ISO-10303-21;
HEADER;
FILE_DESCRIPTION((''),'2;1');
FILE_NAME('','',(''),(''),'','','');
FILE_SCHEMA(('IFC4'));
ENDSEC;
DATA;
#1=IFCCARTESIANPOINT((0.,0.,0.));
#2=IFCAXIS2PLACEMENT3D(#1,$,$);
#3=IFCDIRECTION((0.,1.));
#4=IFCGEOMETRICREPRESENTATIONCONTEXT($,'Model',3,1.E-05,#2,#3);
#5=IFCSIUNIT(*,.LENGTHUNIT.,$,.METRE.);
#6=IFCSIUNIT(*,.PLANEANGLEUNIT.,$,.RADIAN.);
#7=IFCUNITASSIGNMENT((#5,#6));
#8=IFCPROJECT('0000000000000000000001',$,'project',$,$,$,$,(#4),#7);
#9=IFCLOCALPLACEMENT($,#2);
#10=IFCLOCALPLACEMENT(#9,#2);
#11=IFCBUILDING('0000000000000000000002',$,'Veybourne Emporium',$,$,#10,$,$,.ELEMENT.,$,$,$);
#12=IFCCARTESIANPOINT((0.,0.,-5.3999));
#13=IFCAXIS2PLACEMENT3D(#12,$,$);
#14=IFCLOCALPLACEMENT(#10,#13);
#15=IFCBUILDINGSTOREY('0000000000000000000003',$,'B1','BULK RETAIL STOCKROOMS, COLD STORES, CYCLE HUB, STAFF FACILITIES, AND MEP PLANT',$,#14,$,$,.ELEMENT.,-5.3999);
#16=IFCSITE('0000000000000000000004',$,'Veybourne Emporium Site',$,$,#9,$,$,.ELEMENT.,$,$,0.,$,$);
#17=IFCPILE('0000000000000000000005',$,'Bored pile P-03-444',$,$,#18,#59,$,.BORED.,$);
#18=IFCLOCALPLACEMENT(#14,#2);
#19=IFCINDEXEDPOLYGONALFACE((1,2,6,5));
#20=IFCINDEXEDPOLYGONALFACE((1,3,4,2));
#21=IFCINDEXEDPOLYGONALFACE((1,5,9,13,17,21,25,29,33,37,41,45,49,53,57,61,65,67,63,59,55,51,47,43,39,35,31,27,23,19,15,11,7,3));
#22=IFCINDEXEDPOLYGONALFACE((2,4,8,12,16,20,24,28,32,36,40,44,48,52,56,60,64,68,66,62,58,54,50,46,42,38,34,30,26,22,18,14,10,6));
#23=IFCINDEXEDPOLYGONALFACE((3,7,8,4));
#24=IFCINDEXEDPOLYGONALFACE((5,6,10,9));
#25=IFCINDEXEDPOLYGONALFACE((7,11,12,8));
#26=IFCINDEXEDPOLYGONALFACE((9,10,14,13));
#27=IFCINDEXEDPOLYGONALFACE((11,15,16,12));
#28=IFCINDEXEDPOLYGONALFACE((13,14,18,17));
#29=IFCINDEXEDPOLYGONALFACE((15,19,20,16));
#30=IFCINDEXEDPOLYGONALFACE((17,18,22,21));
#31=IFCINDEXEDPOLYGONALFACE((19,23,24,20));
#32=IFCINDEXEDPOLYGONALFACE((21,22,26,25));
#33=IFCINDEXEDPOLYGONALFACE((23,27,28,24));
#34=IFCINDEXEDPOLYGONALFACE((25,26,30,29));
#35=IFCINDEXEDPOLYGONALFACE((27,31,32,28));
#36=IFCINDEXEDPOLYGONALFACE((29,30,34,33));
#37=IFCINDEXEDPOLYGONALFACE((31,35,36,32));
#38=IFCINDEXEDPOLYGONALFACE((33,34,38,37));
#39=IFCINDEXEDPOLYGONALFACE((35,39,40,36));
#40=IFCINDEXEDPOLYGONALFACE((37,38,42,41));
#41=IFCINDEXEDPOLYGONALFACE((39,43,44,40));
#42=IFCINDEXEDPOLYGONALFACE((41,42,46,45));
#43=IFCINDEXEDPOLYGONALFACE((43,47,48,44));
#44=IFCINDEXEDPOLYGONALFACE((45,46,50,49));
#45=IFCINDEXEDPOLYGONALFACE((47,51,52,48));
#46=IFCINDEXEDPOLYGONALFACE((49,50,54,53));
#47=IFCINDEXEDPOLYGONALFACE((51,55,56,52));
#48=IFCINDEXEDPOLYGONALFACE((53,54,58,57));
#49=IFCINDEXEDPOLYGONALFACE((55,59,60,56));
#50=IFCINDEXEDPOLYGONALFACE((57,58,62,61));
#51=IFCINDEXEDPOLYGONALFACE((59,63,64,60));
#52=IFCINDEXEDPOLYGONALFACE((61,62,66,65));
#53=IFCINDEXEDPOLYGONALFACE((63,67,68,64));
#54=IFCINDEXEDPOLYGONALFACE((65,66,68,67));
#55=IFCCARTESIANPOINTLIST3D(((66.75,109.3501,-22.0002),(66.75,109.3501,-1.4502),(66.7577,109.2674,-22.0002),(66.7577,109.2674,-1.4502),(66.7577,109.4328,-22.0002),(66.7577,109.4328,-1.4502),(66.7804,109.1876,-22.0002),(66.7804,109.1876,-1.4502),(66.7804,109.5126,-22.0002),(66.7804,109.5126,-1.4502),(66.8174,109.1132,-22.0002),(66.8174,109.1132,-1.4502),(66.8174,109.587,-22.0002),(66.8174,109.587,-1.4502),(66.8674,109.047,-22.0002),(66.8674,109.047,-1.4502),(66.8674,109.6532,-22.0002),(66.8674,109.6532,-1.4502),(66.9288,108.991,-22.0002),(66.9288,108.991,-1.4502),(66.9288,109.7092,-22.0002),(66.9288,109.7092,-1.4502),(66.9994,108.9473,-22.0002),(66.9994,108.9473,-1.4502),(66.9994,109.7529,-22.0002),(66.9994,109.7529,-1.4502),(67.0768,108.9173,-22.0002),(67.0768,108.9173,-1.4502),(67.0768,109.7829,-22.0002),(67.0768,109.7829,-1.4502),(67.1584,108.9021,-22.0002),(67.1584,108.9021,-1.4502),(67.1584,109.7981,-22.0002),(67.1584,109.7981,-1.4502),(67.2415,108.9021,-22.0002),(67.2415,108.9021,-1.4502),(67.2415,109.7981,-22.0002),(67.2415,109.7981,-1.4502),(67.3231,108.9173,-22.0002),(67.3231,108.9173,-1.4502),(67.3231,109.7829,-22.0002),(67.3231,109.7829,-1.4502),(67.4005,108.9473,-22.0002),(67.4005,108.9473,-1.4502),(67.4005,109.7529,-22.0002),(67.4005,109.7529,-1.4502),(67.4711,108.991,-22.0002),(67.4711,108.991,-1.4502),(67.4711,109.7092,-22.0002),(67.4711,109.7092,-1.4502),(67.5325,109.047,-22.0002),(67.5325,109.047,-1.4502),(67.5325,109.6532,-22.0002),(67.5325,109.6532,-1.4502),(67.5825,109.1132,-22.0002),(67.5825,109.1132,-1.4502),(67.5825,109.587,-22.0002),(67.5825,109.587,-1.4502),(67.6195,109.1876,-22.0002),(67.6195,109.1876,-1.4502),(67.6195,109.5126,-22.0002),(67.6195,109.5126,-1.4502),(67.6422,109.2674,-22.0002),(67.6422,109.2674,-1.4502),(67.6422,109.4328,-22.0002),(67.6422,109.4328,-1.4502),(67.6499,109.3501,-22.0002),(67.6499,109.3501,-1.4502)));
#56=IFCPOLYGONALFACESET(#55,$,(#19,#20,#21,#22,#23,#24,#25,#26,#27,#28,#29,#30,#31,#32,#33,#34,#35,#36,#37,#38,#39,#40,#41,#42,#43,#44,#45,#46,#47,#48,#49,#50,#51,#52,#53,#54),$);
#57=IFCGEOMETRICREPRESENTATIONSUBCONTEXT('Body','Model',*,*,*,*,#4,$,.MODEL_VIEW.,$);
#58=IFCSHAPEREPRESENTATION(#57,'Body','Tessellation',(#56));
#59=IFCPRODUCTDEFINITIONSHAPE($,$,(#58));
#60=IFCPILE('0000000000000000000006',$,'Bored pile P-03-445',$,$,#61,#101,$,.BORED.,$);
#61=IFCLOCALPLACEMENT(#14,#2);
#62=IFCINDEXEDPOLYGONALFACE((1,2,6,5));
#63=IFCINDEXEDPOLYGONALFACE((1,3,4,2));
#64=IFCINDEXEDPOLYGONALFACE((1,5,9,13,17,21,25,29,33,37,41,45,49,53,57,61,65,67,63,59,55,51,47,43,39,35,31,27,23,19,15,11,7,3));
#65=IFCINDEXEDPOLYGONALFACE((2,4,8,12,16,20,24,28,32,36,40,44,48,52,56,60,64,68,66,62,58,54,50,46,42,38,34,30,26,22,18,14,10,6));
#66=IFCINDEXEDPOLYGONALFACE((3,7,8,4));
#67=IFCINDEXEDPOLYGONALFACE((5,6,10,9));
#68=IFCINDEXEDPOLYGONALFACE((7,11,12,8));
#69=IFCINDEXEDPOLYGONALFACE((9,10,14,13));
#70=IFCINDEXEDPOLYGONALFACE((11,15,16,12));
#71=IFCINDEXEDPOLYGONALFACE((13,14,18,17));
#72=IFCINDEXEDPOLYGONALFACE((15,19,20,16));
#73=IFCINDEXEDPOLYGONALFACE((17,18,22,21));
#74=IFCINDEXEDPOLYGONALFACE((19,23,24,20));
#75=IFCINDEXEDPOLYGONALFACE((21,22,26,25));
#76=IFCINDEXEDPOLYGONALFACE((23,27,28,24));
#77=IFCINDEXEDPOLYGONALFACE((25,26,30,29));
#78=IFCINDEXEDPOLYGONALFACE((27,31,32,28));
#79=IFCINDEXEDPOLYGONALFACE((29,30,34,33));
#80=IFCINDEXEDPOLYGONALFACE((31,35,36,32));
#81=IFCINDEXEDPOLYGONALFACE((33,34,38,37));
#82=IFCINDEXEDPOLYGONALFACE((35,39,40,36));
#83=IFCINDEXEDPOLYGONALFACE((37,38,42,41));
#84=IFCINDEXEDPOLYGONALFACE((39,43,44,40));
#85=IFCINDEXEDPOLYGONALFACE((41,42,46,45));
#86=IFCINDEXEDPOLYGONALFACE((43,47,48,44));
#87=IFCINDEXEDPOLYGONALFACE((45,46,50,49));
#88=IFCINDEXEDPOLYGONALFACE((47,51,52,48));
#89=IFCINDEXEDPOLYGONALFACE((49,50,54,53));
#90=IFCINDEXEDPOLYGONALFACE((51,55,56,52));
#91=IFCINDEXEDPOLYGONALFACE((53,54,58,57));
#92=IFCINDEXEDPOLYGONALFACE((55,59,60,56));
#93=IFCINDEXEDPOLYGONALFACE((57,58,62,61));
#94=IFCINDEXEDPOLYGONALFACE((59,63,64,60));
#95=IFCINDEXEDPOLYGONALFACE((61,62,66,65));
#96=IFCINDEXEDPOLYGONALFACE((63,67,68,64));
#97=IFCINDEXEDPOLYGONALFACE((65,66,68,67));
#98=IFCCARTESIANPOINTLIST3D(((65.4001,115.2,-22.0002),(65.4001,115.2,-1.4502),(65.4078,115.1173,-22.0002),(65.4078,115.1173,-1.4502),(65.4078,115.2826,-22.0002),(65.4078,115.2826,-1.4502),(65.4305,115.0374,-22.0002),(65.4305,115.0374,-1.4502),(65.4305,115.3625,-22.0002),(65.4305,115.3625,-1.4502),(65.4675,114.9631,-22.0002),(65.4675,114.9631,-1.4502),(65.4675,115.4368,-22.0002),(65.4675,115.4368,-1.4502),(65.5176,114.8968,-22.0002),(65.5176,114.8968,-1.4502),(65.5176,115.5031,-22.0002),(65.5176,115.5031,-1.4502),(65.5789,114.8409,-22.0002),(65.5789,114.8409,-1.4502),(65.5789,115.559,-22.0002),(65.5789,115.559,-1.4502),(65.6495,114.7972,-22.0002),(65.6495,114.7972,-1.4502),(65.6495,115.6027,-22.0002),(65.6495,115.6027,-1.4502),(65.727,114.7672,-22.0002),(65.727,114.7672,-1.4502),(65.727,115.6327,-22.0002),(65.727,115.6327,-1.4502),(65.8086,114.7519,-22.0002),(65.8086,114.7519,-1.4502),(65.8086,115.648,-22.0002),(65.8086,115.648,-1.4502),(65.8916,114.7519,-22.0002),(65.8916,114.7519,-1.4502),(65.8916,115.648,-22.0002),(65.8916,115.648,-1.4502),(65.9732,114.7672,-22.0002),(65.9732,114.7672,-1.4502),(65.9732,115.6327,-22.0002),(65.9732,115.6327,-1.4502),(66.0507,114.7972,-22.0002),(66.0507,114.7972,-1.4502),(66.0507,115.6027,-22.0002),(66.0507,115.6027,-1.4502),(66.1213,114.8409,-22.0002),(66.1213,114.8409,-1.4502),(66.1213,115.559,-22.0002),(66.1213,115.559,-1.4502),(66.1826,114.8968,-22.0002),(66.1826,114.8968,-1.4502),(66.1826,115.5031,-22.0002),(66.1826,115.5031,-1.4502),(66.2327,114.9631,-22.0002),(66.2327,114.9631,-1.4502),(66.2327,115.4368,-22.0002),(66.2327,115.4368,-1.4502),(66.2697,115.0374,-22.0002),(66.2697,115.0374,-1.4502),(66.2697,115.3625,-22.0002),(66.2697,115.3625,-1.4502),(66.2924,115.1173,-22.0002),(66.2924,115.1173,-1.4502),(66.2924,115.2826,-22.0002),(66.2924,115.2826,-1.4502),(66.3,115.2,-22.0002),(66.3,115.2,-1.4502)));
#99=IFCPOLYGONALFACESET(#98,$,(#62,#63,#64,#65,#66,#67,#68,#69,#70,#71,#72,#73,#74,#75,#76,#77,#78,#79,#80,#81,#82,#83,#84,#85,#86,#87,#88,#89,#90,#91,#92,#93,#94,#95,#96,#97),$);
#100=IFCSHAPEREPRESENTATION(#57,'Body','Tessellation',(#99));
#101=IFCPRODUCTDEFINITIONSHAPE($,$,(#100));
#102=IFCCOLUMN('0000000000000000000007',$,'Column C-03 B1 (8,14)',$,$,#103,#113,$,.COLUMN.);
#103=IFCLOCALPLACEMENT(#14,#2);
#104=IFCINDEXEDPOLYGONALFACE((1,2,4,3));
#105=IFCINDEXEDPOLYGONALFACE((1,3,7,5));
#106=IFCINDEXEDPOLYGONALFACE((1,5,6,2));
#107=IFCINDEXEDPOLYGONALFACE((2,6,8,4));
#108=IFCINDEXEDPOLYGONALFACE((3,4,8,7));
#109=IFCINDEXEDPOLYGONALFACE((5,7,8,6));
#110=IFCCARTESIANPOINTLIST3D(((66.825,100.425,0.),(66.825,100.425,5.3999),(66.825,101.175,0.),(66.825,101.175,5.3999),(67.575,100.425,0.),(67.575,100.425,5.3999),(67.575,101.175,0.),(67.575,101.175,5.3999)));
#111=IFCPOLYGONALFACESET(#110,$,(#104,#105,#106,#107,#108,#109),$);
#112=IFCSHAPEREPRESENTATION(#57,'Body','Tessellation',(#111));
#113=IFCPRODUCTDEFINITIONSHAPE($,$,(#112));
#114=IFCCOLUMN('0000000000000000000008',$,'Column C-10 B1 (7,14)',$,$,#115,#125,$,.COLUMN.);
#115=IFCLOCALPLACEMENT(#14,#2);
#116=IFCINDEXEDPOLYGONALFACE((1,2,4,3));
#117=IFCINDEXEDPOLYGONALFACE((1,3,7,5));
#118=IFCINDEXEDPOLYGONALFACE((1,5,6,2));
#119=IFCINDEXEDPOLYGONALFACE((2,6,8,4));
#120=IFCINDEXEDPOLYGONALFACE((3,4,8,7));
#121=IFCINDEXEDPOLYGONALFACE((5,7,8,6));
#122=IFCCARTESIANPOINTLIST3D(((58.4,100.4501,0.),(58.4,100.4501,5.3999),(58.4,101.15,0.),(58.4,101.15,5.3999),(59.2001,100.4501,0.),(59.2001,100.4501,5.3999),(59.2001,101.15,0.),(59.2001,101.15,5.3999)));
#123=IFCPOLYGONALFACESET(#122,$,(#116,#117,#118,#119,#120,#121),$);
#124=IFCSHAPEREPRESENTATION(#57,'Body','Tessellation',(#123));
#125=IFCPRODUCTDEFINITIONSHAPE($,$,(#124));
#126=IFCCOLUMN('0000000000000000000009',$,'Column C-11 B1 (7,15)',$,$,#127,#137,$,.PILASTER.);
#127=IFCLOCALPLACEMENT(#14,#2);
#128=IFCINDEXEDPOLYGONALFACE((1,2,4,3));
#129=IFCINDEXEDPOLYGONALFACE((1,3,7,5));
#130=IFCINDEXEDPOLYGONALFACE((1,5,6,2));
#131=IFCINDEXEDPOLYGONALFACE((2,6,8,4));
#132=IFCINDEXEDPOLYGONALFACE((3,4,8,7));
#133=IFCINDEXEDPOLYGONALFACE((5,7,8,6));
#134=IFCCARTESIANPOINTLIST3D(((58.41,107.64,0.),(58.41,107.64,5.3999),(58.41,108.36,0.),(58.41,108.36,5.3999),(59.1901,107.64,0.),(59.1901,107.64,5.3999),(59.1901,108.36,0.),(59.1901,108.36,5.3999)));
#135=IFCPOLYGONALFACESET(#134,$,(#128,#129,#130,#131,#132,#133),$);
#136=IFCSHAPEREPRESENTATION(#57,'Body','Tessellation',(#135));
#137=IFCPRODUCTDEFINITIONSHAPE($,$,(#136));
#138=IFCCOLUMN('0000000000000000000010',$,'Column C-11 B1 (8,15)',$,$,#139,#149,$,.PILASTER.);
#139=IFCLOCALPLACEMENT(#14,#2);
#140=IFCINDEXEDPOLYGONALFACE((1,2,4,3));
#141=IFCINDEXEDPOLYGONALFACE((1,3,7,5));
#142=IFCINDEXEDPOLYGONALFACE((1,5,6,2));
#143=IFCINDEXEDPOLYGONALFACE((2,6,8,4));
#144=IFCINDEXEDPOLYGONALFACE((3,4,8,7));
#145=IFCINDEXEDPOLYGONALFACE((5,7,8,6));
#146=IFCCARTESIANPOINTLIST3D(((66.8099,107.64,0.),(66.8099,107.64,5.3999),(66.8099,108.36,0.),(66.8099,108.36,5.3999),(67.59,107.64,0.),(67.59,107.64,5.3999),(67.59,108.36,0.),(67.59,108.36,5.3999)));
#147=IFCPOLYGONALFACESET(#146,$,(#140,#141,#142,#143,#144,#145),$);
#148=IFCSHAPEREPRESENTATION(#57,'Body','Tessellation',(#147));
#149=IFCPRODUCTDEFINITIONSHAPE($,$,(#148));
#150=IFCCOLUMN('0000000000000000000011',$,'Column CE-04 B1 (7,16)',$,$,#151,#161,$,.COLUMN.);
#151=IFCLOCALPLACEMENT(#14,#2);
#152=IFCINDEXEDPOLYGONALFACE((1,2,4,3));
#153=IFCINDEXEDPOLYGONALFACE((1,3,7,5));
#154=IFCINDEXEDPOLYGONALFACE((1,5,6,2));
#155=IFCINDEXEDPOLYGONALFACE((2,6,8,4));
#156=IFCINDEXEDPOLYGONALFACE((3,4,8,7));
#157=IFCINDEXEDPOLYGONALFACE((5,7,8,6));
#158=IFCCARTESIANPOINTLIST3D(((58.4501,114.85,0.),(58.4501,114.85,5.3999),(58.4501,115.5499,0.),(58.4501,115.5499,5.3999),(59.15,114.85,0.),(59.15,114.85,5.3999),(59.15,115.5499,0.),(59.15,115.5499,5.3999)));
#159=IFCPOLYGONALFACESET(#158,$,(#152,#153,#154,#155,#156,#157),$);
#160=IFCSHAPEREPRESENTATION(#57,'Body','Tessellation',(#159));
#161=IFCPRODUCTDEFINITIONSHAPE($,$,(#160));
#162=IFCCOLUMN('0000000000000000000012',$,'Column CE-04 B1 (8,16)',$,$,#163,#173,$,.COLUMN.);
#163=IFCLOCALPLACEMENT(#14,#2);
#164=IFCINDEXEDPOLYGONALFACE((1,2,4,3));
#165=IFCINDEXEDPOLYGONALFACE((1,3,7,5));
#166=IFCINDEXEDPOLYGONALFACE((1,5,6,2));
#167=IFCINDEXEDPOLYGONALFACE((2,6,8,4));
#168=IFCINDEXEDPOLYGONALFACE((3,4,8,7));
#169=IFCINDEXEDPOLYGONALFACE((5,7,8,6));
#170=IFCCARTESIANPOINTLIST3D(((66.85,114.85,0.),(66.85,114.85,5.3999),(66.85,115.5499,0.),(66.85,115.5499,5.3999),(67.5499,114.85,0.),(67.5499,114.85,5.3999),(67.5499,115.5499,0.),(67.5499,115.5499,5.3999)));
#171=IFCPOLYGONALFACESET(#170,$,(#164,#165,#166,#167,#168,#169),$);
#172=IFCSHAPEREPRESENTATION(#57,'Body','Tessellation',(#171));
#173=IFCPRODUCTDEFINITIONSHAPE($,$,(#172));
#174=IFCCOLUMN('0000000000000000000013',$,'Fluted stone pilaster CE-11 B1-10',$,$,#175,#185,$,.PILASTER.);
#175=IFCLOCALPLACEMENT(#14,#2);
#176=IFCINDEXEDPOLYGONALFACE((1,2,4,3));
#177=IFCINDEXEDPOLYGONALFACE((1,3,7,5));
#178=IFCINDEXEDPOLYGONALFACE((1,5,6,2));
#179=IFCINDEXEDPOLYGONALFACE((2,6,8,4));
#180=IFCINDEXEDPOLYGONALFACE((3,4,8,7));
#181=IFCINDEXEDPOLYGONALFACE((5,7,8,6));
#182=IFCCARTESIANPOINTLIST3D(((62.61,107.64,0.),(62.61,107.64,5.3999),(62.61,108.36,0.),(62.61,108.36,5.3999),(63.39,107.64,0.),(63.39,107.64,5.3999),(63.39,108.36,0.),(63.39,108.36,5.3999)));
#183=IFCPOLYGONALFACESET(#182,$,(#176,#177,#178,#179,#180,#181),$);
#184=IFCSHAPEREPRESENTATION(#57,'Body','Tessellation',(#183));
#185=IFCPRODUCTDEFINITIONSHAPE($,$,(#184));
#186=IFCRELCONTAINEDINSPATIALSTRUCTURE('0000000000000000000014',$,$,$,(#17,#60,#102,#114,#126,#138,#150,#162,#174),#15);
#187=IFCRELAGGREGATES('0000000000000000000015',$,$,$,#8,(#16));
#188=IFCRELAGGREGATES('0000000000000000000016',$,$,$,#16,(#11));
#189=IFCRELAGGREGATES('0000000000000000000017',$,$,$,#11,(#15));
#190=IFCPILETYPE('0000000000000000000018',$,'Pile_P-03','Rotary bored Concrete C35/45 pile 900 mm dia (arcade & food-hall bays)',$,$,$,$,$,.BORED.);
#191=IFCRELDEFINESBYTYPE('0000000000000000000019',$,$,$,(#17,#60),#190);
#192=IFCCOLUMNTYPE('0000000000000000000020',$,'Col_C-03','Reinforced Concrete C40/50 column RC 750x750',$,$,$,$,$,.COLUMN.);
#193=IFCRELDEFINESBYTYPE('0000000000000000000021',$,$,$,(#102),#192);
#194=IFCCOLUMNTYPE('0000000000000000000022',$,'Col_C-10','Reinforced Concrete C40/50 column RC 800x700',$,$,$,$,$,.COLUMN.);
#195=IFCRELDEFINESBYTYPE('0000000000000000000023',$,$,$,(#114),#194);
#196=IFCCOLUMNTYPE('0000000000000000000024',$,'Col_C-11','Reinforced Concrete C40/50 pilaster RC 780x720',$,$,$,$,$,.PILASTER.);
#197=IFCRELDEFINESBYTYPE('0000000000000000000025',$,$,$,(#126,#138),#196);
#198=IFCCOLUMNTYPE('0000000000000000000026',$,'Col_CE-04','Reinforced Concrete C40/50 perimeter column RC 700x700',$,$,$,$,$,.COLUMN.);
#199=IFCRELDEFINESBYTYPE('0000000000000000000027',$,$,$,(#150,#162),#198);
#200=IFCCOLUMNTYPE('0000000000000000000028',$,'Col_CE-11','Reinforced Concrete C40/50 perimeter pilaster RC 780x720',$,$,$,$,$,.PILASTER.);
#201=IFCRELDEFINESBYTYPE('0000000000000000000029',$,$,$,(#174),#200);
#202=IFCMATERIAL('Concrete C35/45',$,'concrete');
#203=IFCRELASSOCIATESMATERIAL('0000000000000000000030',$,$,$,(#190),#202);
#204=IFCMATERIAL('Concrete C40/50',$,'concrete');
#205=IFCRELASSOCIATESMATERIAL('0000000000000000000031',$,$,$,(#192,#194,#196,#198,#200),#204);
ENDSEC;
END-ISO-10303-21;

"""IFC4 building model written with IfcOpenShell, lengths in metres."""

from ifc_helpers import new_model, si_unit, direction, frame, origin, origin_2d, place, context, subcontext, project, spatial, rectangle, circle, extrude, material, material_profile, profile_set, type_object, element, save


model = new_model("IFC4")

# Units and contexts
model_context = context("Model", 3, precision=1e-05, world=origin(), true_north=direction((0.0, 1.0)))
body_context = subcontext(model_context, "Body", "Model", "MODEL_VIEW")
ifc_project = project(units=[si_unit("LENGTHUNIT", "METRE"), si_unit("PLANEANGLEUNIT", "RADIAN")], contexts=[model_context])

# Site, building, storey
site_placement = place(None, origin())
site = spatial("IfcSite", under=ifc_project, at=site_placement, Name="Veybourne Emporium Site", CompositionType="ELEMENT", RefElevation=0.0)
building_placement = place(site_placement, origin())
building = spatial("IfcBuilding", under=site, at=building_placement, Name="Veybourne Emporium", CompositionType="ELEMENT")
storey_placement = place(building_placement, frame((0.0, 0.0, -5.3999)))
storey = spatial("IfcBuildingStorey", under=building, at=storey_placement, Name="B1", Description="BULK RETAIL STOCKROOMS, COLD STORES, CYCLE HUB, STAFF FACILITIES, AND MEP PLANT", CompositionType="ELEMENT", Elevation=-5.3999)

# Shared definitions
ifc_material_1 = material(Name="Concrete C35/45", Category="concrete")

# Piles
ifc_material_profile_1 = material_profile(ifc_material_1, circle(Radius=0.45, at=origin_2d()), Name="BORED PILE 900")
ifc_profile_set_1 = profile_set([ifc_material_profile_1], Name="Concrete C35/45")
pile_type_1 = type_object("IfcPileType", Name="Pile_P-03", Description="Rotary bored Concrete C35/45 pile 900 mm dia (arcade & food-hall bays)", PredefinedType="BORED", material=ifc_profile_set_1)
for number, where, z_axis, x_axis, name in (
    (1, (67.2, 109.3501, -1.4502), (0.0, 0.0, -1.0), (1.0, 0.0, 0.0), "Bored pile P-03-444"),
    (2, (65.8501, 115.2, -1.4502), (0.0, 0.0, -1.0), (1.0, 0.0, 0.0), "Bored pile P-03-445"),
):
    element("IfcPile", number, at=place(storey_placement, frame(where, z_axis=z_axis, x_axis=x_axis)), inside=storey, type_object=pile_type_1, Name=name, PredefinedType="BORED", context=body_context, shape_type="SweptSolid", body=[
        extrude(circle(Radius=0.45, at=origin_2d()), origin(), (0.0, 0.0, 1.0), 20.55),
    ])

# Columns
ifc_material_2 = material(Name="Concrete C40/50", Category="concrete")
ifc_material_profile_2 = material_profile(ifc_material_2, rectangle(XDim=0.75, YDim=0.75, at=origin_2d()), Name="RC 750x750")
ifc_profile_set_2 = profile_set([ifc_material_profile_2], Name="Concrete C40/50")
column_type_1 = type_object("IfcColumnType", Name="Col_C-03", Description="Reinforced Concrete C40/50 column RC 750x750", PredefinedType="COLUMN", material=ifc_profile_set_2)
column_1_placement = place(storey_placement, frame((67.2, 100.8, 0.0), z_axis=(0.0, 0.0, 1.0), x_axis=(1.0, 0.0, 0.0)))
element("IfcColumn", 3, at=column_1_placement, inside=storey, type_object=column_type_1, Name="Column C-03 B1 (8,14)", PredefinedType="COLUMN", context=body_context, shape_type="SweptSolid", body=[
    extrude(rectangle(XDim=0.75, YDim=0.75, at=origin_2d()), origin(), (0.0, 0.0, 1.0), 5.3999),
])
ifc_material_profile_3 = material_profile(ifc_material_2, rectangle(XDim=0.8, YDim=0.7, at=origin_2d()), Name="RC 800x700")
ifc_profile_set_3 = profile_set([ifc_material_profile_3], Name="Concrete C40/50")
column_type_2 = type_object("IfcColumnType", Name="Col_C-10", Description="Reinforced Concrete C40/50 column RC 800x700", PredefinedType="COLUMN", material=ifc_profile_set_3)
column_2_placement = place(storey_placement, frame((58.8, 100.8, 0.0), z_axis=(0.0, 0.0, 1.0), x_axis=(1.0, 0.0, 0.0)))
element("IfcColumn", 4, at=column_2_placement, inside=storey, type_object=column_type_2, Name="Column C-10 B1 (7,14)", PredefinedType="COLUMN", context=body_context, shape_type="SweptSolid", body=[
    extrude(rectangle(XDim=0.8, YDim=0.7, at=origin_2d()), origin(), (0.0, 0.0, 1.0), 5.3999),
])
ifc_material_profile_4 = material_profile(ifc_material_2, rectangle(XDim=0.78, YDim=0.72, at=origin_2d()), Name="RC 780x720")
ifc_profile_set_4 = profile_set([ifc_material_profile_4], Name="Concrete C40/50")
column_type_3 = type_object("IfcColumnType", Name="Col_C-11", Description="Reinforced Concrete C40/50 pilaster RC 780x720", PredefinedType="PILASTER", material=ifc_profile_set_4)
for number, where, z_axis, x_axis, name in (
    (5, (58.8, 108.0, 0.0), (0.0, 0.0, 1.0), (1.0, 0.0, 0.0), "Column C-11 B1 (7,15)"),
    (6, (67.2, 108.0, 0.0), (0.0, 0.0, 1.0), (1.0, 0.0, 0.0), "Column C-11 B1 (8,15)"),
):
    element("IfcColumn", number, at=place(storey_placement, frame(where, z_axis=z_axis, x_axis=x_axis)), inside=storey, type_object=column_type_3, Name=name, PredefinedType="PILASTER", context=body_context, shape_type="SweptSolid", body=[
        extrude(rectangle(XDim=0.78, YDim=0.72, at=origin_2d()), origin(), (0.0, 0.0, 1.0), 5.3999),
    ])
ifc_material_profile_5 = material_profile(ifc_material_2, rectangle(XDim=0.7, YDim=0.7, at=origin_2d()), Name="RC 700x700")
ifc_profile_set_5 = profile_set([ifc_material_profile_5], Name="Concrete C40/50")
column_type_4 = type_object("IfcColumnType", Name="Col_CE-04", Description="Reinforced Concrete C40/50 perimeter column RC 700x700", PredefinedType="COLUMN", material=ifc_profile_set_5)
for number, where, z_axis, x_axis, name in (
    (7, (58.8, 115.2, 0.0), (0.0, 0.0, 1.0), (1.0, 0.0, 0.0), "Column CE-04 B1 (7,16)"),
    (8, (67.2, 115.2, 0.0), (0.0, 0.0, 1.0), (1.0, 0.0, 0.0), "Column CE-04 B1 (8,16)"),
):
    element("IfcColumn", number, at=place(storey_placement, frame(where, z_axis=z_axis, x_axis=x_axis)), inside=storey, type_object=column_type_4, Name=name, PredefinedType="COLUMN", context=body_context, shape_type="SweptSolid", body=[
        extrude(rectangle(XDim=0.7, YDim=0.7, at=origin_2d()), origin(), (0.0, 0.0, 1.0), 5.3999),
    ])
ifc_material_profile_6 = material_profile(ifc_material_2, rectangle(XDim=0.78, YDim=0.72, at=origin_2d()), Name="RC 780x720")
ifc_profile_set_6 = profile_set([ifc_material_profile_6], Name="Concrete C40/50")
column_type_5 = type_object("IfcColumnType", Name="Col_CE-11", Description="Reinforced Concrete C40/50 perimeter pilaster RC 780x720", PredefinedType="PILASTER", material=ifc_profile_set_6)
column_3_placement = place(storey_placement, frame((63.0, 108.0, 0.0), z_axis=(0.0, 0.0, 1.0), x_axis=(1.0, 0.0, 0.0)))
element("IfcColumn", 9, at=column_3_placement, inside=storey, type_object=column_type_5, Name="Fluted stone pilaster CE-11 B1-10", PredefinedType="PILASTER", context=body_context, shape_type="SweptSolid", body=[
    extrude(rectangle(XDim=0.78, YDim=0.72, at=origin_2d()), origin(), (0.0, 0.0, 1.0), 5.3999),
])

save(model, "model.ifc")
